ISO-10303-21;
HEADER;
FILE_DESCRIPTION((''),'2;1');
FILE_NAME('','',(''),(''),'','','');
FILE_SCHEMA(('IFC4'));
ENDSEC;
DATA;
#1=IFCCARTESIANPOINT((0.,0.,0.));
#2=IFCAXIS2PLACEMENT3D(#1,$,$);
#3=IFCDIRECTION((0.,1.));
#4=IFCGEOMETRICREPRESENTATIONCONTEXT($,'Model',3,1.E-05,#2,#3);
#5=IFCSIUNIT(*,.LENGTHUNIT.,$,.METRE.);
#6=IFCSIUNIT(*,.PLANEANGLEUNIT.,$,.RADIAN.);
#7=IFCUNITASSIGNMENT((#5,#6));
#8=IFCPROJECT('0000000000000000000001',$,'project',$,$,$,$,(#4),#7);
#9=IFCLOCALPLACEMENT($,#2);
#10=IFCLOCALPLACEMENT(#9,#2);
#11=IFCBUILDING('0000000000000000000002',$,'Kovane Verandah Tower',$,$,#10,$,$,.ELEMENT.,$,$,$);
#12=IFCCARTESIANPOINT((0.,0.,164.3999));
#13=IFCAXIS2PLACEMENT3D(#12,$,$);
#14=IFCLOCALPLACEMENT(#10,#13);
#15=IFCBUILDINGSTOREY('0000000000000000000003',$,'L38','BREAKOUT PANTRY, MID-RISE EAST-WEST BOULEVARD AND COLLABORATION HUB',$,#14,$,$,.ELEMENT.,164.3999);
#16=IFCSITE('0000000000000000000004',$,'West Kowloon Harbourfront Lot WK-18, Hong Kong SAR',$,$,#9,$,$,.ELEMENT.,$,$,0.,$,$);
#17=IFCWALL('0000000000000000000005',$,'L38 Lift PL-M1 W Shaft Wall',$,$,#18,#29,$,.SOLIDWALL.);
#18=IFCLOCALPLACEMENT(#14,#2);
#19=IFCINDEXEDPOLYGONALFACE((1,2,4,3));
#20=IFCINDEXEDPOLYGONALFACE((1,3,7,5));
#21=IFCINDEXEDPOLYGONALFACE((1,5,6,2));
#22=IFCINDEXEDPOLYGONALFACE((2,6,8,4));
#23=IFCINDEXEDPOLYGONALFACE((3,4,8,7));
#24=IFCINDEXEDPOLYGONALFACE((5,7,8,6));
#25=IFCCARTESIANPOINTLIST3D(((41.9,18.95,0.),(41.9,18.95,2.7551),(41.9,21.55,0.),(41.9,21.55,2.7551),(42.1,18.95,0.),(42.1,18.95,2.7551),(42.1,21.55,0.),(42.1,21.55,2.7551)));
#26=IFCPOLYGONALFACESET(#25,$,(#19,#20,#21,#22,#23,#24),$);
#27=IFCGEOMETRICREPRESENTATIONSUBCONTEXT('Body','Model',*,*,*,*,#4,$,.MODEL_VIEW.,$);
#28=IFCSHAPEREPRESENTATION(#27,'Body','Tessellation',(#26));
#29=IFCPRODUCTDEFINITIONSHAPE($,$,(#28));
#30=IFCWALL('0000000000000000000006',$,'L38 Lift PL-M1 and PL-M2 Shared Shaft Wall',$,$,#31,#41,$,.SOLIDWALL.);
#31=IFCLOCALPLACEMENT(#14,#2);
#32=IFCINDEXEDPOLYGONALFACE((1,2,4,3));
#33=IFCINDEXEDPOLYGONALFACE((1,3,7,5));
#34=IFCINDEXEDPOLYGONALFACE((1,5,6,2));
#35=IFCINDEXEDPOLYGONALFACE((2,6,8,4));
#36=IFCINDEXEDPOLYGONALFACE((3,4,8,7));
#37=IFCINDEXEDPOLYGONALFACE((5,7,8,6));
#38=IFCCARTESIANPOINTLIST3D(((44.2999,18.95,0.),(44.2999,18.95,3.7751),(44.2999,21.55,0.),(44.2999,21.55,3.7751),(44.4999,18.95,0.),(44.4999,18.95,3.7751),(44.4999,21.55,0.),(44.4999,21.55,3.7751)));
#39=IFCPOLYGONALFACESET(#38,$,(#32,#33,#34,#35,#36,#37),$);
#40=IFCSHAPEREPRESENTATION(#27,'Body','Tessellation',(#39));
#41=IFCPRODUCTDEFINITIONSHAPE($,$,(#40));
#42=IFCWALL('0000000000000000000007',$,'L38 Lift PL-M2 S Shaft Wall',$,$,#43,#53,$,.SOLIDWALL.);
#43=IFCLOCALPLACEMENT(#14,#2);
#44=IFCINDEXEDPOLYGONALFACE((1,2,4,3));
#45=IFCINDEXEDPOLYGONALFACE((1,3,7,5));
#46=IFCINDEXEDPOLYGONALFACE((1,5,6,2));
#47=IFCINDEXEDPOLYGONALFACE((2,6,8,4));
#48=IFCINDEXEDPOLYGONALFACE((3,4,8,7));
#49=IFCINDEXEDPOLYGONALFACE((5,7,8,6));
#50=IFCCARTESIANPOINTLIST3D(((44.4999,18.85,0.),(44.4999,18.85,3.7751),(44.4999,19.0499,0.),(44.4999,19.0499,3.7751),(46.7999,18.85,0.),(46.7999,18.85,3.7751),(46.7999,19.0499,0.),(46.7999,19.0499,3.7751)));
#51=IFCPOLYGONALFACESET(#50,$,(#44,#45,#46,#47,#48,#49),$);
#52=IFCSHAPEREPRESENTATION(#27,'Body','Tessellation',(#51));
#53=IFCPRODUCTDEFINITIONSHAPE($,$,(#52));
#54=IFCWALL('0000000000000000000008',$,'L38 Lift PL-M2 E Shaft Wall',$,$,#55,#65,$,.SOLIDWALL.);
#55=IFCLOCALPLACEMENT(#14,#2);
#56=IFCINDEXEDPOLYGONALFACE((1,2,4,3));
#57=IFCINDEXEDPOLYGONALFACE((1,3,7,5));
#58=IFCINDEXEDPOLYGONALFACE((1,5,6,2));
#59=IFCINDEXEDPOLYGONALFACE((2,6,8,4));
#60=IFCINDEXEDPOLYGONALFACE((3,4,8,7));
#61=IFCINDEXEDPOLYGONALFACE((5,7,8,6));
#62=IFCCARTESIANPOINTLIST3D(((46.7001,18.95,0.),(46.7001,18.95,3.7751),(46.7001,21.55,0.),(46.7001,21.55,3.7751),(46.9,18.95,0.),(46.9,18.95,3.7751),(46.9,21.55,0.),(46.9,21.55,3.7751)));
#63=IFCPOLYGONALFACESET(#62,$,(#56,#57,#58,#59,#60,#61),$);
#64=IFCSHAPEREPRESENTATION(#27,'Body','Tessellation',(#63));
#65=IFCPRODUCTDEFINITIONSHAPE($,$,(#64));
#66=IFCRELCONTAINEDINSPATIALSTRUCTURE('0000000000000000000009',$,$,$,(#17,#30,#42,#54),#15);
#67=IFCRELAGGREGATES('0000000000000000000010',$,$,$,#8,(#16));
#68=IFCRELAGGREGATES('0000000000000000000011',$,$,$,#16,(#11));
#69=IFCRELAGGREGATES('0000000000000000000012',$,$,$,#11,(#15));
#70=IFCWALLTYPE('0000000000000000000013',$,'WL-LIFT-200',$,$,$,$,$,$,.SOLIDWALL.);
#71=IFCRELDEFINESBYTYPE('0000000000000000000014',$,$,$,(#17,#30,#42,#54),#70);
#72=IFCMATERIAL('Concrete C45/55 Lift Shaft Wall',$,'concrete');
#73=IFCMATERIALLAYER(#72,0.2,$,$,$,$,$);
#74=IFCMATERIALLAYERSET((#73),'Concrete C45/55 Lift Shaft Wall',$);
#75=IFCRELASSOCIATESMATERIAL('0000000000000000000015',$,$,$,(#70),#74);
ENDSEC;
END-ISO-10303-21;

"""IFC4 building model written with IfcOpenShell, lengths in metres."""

from ifc_helpers import new_model, si_unit, direction, frame, frame_2d, origin, place, context, subcontext, project, spatial, rectangle, extrude, material, layer, layer_set, type_object, element, save


model = new_model("IFC4")

# Units and contexts
model_context = context("Model", 3, precision=1e-05, world=origin(), true_north=direction((0.0, 1.0)))
body_context = subcontext(model_context, "Body", "Model", "MODEL_VIEW")
ifc_project = project(units=[si_unit("LENGTHUNIT", "METRE"), si_unit("PLANEANGLEUNIT", "RADIAN")], contexts=[model_context])

# Site, building, storey
site_placement = place(None, origin())
site = spatial("IfcSite", under=ifc_project, at=site_placement, Name="West Kowloon Harbourfront Lot WK-18, Hong Kong SAR", CompositionType="ELEMENT", RefElevation=0.0)
building_placement = place(site_placement, origin())
building = spatial("IfcBuilding", under=site, at=building_placement, Name="Kovane Verandah Tower", CompositionType="ELEMENT")
storey_placement = place(building_placement, frame((0.0, 0.0, 164.3999)))
storey = spatial("IfcBuildingStorey", under=building, at=storey_placement, Name="L38", Description="BREAKOUT PANTRY, MID-RISE EAST-WEST BOULEVARD AND COLLABORATION HUB", CompositionType="ELEMENT", Elevation=164.3999)

# Shared definitions
ifc_material_1 = material(Name="Concrete C45/55 Lift Shaft Wall", Category="concrete")
ifc_layer_1 = layer(ifc_material_1, 0.2)
ifc_layer_set_1 = layer_set([ifc_layer_1], Name="Concrete C45/55 Lift Shaft Wall")
wall_type_1 = type_object("IfcWallType", Name="WL-LIFT-200", PredefinedType="SOLIDWALL", material=ifc_layer_set_1)

# Walls
wall_1_placement = place(storey_placement, frame((42.0, 21.55, 0.0), z_axis=(0.0, 0.0, 1.0), x_axis=(0.0, -1.0, 0.0)))
element("IfcWall", 1, at=wall_1_placement, inside=storey, type_object=wall_type_1, Name="L38 Lift PL-M1 W Shaft Wall", PredefinedType="SOLIDWALL", context=body_context, shape_type="SweptSolid", body=[
    extrude(rectangle(XDim=2.6001, YDim=0.2, at=frame_2d((1.3, 0.0))), origin(), (0.0, 0.0, 1.0), 2.7551),
])
wall_2_placement = place(storey_placement, frame((44.3999, 18.95, 0.0), z_axis=(0.0, 0.0, 1.0), x_axis=(0.0, 1.0, 0.0)))
element("IfcWall", 2, at=wall_2_placement, inside=storey, type_object=wall_type_1, Name="L38 Lift PL-M1 and PL-M2 Shared Shaft Wall", PredefinedType="SOLIDWALL", context=body_context, shape_type="SweptSolid", body=[
    extrude(rectangle(XDim=2.6001, YDim=0.2, at=frame_2d((1.3, 0.0))), origin(), (0.0, 0.0, 1.0), 3.7751),
])
wall_3_placement = place(storey_placement, frame((44.5, 18.95, 0.0), z_axis=(0.0, 0.0, 1.0), x_axis=(1.0, 0.0, 0.0)))
element("IfcWall", 3, at=wall_3_placement, inside=storey, type_object=wall_type_1, Name="L38 Lift PL-M2 S Shaft Wall", PredefinedType="SOLIDWALL", context=body_context, shape_type="SweptSolid", body=[
    extrude(rectangle(XDim=2.3, YDim=0.2, at=frame_2d((1.1499, 0.0))), origin(), (0.0, 0.0, 1.0), 3.7751),
])

# Wall
wall_4_placement = place(storey_placement, frame((46.8, 18.95, 0.0), z_axis=(0.0, 0.0, 1.0), x_axis=(0.0, 1.0, 0.0)))
element("IfcWall", 4, at=wall_4_placement, inside=storey, type_object=wall_type_1, Name="L38 Lift PL-M2 E Shaft Wall", PredefinedType="SOLIDWALL", context=body_context, shape_type="SweptSolid", body=[
    extrude(rectangle(XDim=2.6001, YDim=0.2, at=frame_2d((1.3, 0.0))), origin(), (0.0, 0.0, 1.0), 3.7751),
])

save(model, "model.ifc")
